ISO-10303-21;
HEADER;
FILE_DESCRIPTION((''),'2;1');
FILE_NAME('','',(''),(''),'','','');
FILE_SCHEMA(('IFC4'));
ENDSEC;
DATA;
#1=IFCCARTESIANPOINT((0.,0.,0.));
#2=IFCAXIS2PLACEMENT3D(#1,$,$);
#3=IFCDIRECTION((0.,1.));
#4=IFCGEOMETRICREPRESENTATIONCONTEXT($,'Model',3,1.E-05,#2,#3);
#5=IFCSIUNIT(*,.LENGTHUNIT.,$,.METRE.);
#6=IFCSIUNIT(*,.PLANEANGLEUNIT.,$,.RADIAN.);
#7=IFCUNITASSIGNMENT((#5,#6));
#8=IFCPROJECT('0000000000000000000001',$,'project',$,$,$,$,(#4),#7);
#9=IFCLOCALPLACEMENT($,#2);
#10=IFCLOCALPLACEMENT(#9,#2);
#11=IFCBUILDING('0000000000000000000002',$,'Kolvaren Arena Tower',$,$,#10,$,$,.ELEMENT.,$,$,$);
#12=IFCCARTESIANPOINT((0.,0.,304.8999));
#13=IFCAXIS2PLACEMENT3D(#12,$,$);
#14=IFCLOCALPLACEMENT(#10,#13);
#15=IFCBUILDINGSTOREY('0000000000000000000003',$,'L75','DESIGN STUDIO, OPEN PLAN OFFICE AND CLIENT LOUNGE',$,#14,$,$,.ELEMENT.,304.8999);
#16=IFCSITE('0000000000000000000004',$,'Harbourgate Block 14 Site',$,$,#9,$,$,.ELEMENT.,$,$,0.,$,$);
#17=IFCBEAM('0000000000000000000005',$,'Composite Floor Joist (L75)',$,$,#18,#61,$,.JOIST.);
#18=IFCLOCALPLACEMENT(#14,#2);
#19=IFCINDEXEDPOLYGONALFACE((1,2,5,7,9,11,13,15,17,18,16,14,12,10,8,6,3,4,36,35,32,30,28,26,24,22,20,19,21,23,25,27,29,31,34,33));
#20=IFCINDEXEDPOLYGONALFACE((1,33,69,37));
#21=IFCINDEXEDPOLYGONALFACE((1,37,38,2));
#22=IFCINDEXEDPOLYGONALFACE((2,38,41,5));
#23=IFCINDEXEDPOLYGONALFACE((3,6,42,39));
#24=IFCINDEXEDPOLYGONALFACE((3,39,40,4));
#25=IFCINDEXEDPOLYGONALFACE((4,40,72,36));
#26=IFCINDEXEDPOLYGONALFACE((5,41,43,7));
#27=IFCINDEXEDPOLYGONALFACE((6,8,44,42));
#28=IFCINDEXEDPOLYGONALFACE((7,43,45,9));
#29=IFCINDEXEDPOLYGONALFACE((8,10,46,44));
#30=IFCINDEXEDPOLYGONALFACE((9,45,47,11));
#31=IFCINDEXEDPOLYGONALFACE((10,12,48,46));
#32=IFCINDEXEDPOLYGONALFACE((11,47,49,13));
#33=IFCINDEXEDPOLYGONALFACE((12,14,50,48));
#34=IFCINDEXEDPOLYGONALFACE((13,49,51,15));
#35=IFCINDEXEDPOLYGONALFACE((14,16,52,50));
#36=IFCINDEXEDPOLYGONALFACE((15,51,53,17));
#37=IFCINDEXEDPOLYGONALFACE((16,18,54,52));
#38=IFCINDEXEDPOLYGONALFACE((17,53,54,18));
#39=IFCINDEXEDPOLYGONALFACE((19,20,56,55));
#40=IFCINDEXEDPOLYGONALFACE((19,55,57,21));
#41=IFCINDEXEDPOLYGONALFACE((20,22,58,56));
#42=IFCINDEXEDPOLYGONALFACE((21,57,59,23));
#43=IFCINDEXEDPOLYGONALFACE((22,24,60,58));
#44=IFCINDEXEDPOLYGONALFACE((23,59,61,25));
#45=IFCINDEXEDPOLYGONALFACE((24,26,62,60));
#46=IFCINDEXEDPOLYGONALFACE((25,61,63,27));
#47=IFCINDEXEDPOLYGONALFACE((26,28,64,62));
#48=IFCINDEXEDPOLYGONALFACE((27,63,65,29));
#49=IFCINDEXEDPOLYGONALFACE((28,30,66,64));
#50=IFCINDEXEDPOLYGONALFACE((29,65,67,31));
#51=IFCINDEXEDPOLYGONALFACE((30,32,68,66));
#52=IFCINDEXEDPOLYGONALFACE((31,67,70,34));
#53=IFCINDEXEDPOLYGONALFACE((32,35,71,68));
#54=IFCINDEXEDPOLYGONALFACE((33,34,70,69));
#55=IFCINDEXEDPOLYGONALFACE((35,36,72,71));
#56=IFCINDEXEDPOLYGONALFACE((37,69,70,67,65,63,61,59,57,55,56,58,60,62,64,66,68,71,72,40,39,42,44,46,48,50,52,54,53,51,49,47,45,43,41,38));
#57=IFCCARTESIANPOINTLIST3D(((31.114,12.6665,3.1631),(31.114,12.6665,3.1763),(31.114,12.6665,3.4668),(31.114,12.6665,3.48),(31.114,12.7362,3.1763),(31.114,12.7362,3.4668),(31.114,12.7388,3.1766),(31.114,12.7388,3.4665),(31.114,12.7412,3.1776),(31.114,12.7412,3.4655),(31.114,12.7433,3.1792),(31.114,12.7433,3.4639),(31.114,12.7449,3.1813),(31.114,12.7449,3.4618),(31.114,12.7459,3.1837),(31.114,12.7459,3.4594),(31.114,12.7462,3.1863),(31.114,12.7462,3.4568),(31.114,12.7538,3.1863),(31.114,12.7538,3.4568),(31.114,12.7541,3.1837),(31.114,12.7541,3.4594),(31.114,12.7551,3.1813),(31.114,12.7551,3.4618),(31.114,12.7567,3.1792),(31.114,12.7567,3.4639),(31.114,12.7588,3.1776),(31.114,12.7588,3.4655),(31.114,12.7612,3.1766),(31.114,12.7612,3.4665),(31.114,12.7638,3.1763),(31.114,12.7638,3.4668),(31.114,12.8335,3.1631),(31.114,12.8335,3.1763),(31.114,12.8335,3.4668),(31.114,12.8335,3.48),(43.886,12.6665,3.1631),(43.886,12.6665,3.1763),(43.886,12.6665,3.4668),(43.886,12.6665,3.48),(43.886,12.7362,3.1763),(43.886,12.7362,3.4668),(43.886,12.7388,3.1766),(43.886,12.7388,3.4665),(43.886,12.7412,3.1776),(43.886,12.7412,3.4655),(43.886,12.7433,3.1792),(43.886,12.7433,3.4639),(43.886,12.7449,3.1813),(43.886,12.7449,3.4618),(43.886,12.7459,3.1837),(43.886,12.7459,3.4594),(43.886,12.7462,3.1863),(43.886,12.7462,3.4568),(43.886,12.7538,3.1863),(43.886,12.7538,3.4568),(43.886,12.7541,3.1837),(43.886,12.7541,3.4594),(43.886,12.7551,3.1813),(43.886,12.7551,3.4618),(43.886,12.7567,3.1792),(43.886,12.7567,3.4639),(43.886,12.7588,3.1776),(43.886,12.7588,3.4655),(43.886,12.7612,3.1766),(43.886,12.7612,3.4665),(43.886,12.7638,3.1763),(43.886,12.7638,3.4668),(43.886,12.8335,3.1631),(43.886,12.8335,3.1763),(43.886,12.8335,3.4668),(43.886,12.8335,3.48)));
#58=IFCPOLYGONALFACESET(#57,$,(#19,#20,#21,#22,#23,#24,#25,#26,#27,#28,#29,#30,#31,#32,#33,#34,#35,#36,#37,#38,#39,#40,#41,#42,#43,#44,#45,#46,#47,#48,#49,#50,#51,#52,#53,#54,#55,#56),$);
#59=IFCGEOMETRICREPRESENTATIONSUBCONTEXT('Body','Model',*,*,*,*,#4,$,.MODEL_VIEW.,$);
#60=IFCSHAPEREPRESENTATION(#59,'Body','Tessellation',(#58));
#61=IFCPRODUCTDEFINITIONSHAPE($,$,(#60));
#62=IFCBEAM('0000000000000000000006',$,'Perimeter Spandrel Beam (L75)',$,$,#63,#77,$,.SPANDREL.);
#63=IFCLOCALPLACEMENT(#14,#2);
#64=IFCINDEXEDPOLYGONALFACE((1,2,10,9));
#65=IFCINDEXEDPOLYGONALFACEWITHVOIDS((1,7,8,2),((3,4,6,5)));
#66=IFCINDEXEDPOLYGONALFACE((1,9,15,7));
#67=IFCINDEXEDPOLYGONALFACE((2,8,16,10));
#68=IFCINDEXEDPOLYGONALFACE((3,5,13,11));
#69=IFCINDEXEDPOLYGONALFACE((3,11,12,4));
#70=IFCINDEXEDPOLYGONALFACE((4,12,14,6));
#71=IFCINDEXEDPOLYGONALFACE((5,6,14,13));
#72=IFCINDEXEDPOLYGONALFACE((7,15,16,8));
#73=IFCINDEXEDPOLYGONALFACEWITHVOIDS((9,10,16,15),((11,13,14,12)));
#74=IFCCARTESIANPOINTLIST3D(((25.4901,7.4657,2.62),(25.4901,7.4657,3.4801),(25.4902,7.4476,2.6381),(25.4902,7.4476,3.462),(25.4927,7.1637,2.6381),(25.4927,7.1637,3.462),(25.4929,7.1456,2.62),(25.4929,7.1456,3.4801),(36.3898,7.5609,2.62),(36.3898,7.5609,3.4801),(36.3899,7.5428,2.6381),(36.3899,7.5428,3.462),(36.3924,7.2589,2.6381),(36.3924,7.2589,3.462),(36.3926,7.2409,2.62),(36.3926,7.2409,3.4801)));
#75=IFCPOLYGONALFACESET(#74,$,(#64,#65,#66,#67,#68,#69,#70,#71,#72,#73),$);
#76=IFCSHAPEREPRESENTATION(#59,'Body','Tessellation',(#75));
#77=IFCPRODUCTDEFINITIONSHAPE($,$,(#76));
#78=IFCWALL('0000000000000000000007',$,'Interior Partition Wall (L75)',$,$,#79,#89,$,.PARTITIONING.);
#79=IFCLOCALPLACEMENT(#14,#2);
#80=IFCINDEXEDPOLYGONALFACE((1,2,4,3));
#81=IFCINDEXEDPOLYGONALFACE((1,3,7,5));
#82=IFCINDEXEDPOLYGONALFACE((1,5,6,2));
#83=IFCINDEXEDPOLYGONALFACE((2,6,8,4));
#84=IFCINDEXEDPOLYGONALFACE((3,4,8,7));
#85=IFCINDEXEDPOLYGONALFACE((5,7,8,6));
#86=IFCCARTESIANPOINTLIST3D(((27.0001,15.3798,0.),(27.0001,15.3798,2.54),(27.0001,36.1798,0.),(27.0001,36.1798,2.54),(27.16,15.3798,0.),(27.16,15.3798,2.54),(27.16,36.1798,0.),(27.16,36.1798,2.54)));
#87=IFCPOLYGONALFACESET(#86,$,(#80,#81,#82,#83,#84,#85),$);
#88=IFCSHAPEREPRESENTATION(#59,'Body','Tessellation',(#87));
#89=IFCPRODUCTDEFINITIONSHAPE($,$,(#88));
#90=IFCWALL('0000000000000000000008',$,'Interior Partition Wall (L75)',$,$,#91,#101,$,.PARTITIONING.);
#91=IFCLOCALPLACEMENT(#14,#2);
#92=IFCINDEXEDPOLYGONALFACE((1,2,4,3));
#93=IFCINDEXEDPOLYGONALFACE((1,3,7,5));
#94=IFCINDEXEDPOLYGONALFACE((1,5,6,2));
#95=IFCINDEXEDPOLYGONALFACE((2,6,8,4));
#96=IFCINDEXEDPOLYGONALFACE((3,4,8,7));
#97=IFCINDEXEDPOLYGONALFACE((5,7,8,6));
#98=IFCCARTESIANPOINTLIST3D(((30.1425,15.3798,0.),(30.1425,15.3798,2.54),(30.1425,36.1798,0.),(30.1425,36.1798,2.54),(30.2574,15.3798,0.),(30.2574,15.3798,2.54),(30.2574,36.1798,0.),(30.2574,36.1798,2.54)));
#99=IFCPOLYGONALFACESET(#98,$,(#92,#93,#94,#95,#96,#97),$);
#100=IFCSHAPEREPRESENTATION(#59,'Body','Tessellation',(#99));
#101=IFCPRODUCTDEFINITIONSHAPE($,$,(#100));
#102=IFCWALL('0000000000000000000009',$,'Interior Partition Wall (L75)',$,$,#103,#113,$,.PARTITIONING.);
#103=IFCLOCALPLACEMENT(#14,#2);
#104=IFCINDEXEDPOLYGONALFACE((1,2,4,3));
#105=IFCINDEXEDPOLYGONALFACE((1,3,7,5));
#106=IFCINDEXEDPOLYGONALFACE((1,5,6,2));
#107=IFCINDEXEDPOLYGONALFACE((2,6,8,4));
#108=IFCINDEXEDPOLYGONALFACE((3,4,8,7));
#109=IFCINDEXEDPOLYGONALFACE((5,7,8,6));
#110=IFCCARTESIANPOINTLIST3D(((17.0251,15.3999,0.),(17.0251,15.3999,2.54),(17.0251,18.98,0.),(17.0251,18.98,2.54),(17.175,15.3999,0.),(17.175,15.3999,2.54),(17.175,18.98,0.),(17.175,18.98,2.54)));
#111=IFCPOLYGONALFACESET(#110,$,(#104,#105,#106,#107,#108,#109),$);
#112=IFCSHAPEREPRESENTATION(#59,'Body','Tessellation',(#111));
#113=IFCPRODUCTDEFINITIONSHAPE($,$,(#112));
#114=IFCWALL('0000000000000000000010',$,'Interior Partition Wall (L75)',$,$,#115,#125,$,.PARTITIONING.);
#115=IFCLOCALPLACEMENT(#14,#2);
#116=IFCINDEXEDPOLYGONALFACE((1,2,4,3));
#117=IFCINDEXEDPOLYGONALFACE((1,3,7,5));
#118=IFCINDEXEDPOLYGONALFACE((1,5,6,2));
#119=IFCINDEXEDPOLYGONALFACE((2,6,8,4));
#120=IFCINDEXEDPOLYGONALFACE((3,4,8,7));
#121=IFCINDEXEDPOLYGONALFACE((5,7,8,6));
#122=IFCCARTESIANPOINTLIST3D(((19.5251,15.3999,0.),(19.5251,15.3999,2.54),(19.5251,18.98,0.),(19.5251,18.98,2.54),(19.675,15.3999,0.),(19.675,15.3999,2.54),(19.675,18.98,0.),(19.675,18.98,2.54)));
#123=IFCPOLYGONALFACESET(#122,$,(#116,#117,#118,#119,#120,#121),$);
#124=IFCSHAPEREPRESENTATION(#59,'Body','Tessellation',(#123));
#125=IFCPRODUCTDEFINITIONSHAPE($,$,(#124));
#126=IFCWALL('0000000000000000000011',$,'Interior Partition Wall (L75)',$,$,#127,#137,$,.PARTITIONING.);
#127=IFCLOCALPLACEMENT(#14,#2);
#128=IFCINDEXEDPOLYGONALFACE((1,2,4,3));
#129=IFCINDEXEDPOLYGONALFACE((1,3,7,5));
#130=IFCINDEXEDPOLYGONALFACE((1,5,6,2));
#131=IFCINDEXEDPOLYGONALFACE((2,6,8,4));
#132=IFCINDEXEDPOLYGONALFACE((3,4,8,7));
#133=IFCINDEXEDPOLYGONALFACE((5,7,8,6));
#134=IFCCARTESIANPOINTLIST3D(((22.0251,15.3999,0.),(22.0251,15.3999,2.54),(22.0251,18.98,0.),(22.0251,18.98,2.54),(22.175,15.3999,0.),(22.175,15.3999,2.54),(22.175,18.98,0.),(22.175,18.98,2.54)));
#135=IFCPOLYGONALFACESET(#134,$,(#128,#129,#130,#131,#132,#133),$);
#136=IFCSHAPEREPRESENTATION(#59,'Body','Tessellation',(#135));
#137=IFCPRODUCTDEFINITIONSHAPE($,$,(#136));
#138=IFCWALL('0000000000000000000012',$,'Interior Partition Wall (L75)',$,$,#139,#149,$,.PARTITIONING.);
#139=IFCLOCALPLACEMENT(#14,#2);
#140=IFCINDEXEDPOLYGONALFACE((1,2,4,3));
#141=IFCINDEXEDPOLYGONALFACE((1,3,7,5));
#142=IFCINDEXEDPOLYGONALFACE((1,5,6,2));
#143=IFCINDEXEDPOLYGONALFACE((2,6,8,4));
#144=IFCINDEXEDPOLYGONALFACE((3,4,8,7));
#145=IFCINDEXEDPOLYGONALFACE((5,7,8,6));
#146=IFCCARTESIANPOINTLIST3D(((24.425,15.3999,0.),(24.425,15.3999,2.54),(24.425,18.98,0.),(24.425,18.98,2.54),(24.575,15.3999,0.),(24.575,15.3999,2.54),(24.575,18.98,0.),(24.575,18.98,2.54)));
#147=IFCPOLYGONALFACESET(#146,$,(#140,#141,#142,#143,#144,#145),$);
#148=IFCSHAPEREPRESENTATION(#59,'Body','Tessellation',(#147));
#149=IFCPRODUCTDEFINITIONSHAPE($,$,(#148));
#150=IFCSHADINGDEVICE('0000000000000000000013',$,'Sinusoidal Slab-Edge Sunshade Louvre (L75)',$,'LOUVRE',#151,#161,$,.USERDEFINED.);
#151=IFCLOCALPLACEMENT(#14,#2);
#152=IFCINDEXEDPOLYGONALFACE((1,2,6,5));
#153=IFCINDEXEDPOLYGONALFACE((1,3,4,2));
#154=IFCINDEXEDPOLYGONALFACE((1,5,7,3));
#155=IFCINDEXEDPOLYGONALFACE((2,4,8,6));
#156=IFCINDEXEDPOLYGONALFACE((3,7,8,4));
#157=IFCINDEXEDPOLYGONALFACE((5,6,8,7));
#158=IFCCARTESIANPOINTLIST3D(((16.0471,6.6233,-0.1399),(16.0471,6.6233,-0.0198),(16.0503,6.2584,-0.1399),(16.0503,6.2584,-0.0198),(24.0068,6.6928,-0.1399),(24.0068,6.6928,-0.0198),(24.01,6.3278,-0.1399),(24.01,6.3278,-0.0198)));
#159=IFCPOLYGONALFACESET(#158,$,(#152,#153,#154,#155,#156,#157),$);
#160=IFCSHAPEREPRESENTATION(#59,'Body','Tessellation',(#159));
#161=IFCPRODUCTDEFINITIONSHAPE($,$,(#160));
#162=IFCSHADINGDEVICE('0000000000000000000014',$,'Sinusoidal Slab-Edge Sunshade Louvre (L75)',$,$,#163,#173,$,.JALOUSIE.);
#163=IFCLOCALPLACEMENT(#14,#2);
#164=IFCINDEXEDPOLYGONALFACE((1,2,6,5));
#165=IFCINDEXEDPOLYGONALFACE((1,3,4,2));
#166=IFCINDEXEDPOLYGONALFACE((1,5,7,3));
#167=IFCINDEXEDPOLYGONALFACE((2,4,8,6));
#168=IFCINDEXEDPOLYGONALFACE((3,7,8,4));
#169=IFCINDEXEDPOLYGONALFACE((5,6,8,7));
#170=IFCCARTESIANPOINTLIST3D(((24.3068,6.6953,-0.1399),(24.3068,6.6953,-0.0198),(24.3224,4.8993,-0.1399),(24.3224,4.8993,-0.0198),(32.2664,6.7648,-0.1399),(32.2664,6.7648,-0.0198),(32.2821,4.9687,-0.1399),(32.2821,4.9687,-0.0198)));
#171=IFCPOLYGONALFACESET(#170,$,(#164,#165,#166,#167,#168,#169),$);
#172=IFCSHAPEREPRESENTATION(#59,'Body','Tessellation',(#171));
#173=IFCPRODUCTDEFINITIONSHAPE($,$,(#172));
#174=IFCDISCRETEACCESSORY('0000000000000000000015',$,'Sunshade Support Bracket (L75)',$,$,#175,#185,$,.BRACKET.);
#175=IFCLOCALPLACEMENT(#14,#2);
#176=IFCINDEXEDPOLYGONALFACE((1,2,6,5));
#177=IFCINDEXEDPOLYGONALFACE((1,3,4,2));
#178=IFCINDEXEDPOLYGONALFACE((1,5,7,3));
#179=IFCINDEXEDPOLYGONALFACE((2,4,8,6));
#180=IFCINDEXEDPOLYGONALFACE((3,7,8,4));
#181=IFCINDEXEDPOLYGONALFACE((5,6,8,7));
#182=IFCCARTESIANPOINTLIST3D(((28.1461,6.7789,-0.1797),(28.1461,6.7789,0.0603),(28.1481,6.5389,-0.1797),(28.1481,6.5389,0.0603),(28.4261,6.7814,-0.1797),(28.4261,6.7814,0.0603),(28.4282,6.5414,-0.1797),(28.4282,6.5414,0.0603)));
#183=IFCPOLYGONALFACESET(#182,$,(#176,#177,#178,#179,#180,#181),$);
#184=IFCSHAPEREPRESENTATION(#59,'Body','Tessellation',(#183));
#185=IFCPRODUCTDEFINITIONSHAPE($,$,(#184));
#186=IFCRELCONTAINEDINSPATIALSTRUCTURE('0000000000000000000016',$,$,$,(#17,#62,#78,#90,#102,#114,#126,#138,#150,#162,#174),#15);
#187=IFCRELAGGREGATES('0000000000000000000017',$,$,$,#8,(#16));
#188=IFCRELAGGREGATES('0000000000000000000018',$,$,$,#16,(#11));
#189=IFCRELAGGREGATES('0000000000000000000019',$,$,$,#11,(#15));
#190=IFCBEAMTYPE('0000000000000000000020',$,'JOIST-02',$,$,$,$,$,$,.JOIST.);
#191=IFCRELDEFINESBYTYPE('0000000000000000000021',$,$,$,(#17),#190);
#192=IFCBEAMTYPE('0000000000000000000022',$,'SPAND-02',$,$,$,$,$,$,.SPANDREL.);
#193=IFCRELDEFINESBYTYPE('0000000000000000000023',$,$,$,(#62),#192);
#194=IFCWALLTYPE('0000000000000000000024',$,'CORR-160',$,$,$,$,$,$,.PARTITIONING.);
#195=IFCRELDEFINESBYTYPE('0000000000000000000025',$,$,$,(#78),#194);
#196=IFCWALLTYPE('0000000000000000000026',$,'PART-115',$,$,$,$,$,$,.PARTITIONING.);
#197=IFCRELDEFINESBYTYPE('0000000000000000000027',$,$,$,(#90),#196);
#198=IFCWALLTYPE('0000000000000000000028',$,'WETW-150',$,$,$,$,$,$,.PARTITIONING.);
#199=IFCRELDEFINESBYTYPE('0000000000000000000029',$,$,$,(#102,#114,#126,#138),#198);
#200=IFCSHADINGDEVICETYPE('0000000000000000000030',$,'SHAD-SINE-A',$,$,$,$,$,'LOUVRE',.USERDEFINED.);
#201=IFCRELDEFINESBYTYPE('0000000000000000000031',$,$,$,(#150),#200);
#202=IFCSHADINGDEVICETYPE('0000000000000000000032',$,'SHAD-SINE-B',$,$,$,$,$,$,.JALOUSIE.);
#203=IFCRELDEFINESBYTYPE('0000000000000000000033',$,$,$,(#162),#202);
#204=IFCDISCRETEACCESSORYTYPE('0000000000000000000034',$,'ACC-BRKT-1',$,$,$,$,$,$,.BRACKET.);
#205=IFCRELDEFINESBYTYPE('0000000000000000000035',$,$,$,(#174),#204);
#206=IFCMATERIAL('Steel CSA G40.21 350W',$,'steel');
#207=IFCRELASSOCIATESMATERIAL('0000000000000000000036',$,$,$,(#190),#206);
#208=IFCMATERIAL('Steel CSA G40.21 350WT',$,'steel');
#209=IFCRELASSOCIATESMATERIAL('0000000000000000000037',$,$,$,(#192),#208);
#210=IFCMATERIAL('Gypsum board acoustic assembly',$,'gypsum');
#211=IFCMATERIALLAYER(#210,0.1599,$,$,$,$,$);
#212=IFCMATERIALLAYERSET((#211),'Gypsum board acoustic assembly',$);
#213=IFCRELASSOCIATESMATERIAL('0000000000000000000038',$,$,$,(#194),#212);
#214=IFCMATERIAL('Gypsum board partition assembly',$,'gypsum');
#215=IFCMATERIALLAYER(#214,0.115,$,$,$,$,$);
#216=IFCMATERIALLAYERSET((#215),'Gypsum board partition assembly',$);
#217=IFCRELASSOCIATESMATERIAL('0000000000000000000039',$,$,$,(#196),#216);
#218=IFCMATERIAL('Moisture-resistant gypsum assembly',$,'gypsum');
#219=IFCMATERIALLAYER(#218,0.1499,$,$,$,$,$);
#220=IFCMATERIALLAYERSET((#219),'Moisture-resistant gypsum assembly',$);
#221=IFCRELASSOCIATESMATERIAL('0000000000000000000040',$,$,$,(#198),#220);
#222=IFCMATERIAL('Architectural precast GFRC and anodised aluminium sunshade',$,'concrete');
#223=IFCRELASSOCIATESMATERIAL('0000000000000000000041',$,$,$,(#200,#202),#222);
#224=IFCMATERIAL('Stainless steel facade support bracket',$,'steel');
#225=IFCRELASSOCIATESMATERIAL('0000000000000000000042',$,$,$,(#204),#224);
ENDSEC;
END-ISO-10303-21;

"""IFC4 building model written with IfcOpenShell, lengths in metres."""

from ifc_helpers import new_model, si_unit, direction, frame, frame_2d, origin, origin_2d, place, context, subcontext, project, spatial, rectangle, hollow_rectangle, i_section, extrude, material, layer, layer_set, material_profile, profile_set, type_object, element, save


model = new_model("IFC4")

# Units and contexts
model_context = context("Model", 3, precision=1e-05, world=origin(), true_north=direction((0.0, 1.0)))
body_context = subcontext(model_context, "Body", "Model", "MODEL_VIEW")
ifc_project = project(units=[si_unit("LENGTHUNIT", "METRE"), si_unit("PLANEANGLEUNIT", "RADIAN")], contexts=[model_context])

# Site, building, storey
site_placement = place(None, origin())
site = spatial("IfcSite", under=ifc_project, at=site_placement, Name="Harbourgate Block 14 Site", CompositionType="ELEMENT", RefElevation=0.0)
building_placement = place(site_placement, origin())
building = spatial("IfcBuilding", under=site, at=building_placement, Name="Kolvaren Arena Tower", CompositionType="ELEMENT")
storey_placement = place(building_placement, frame((0.0, 0.0, 304.8999)))
storey = spatial("IfcBuildingStorey", under=building, at=storey_placement, Name="L75", Description="DESIGN STUDIO, OPEN PLAN OFFICE AND CLIENT LOUNGE", CompositionType="ELEMENT", Elevation=304.8999)

# Beams
ifc_material_1 = material(Name="Steel CSA G40.21 350W", Category="steel")
ifc_material_profile_1 = material_profile(ifc_material_1, i_section(OverallWidth=0.167, OverallDepth=0.3169, WebThickness=0.0076, FlangeThickness=0.0132, FilletRadius=0.01, at=origin_2d()), Name="W310x52")
ifc_profile_set_1 = profile_set([ifc_material_profile_1], Name="Steel CSA G40.21 350W")
beam_type_1 = type_object("IfcBeamType", Name="JOIST-02", PredefinedType="JOIST", material=ifc_profile_set_1)
beam_1_placement = place(storey_placement, frame((31.114, 12.75, 3.3215), z_axis=(1.0, 0.0, 0.0), x_axis=(0.0, 1.0, 0.0)))
element("IfcBeam", 1, at=beam_1_placement, inside=storey, type_object=beam_type_1, Name="Composite Floor Joist (L75)", PredefinedType="JOIST", context=body_context, shape_type="SweptSolid", body=[
    extrude(i_section(OverallWidth=0.167, OverallDepth=0.3169, WebThickness=0.0076, FlangeThickness=0.0132, FilletRadius=0.01, at=origin_2d()), origin(), (0.0, 0.0, 1.0), 12.772),
])
ifc_material_2 = material(Name="Steel CSA G40.21 350WT", Category="steel")
ifc_material_profile_2 = material_profile(ifc_material_2, hollow_rectangle(XDim=0.3201, YDim=0.8601, WallThickness=0.0181, at=origin_2d()), Name="HSS 860x320x18")
ifc_profile_set_2 = profile_set([ifc_material_profile_2], Name="Steel CSA G40.21 350WT")
beam_type_2 = type_object("IfcBeamType", Name="SPAND-02", PredefinedType="SPANDREL", material=ifc_profile_set_2)
beam_2_placement = place(storey_placement, frame((25.4915, 7.3057, 3.05), z_axis=(0.999962, 0.008735, 0.0), x_axis=(-0.008735, 0.999962, 0.0)))
element("IfcBeam", 2, at=beam_2_placement, inside=storey, type_object=beam_type_2, Name="Perimeter Spandrel Beam (L75)", PredefinedType="SPANDREL", context=body_context, shape_type="SweptSolid", body=[
    extrude(hollow_rectangle(XDim=0.3201, YDim=0.8601, WallThickness=0.0181, at=origin_2d()), origin(), (0.0, 0.0, 1.0), 10.9001),
])

# Shared definitions
ifc_material_3 = material(Name="Gypsum board acoustic assembly", Category="gypsum")
ifc_layer_1 = layer(ifc_material_3, 0.1599)
ifc_layer_set_1 = layer_set([ifc_layer_1], Name="Gypsum board acoustic assembly")
wall_type_1 = type_object("IfcWallType", Name="CORR-160", PredefinedType="PARTITIONING", material=ifc_layer_set_1)

# Walls
wall_1_placement = place(storey_placement, frame((27.0801, 15.3799, 0.0), z_axis=(0.0, 0.0, 1.0), x_axis=(0.0, 1.0, 0.0)))
element("IfcWall", 3, at=wall_1_placement, inside=storey, type_object=wall_type_1, Name="Interior Partition Wall (L75)", PredefinedType="PARTITIONING", context=body_context, shape_type="SweptSolid", body=[
    extrude(rectangle(XDim=20.8, YDim=0.1599, at=frame_2d((10.3999, 0.0))), origin(), (0.0, 0.0, 1.0), 2.54),
])
ifc_material_4 = material(Name="Gypsum board partition assembly", Category="gypsum")
ifc_layer_2 = layer(ifc_material_4, 0.115)
ifc_layer_set_2 = layer_set([ifc_layer_2], Name="Gypsum board partition assembly")
wall_type_2 = type_object("IfcWallType", Name="PART-115", PredefinedType="PARTITIONING", material=ifc_layer_set_2)
wall_2_placement = place(storey_placement, frame((30.2, 15.3799, 0.0), z_axis=(0.0, 0.0, 1.0), x_axis=(0.0, 1.0, 0.0)))
element("IfcWall", 4, at=wall_2_placement, inside=storey, type_object=wall_type_2, Name="Interior Partition Wall (L75)", PredefinedType="PARTITIONING", context=body_context, shape_type="SweptSolid", body=[
    extrude(rectangle(XDim=20.8, YDim=0.115, at=frame_2d((10.3999, 0.0))), origin(), (0.0, 0.0, 1.0), 2.54),
])
ifc_material_5 = material(Name="Moisture-resistant gypsum assembly", Category="gypsum")
ifc_layer_3 = layer(ifc_material_5, 0.1499)
ifc_layer_set_3 = layer_set([ifc_layer_3], Name="Moisture-resistant gypsum assembly")
wall_type_3 = type_object("IfcWallType", Name="WETW-150", PredefinedType="PARTITIONING", material=ifc_layer_set_3)
for number, where, z_axis, x_axis, name in (
    (5, (17.1001, 15.3999, 0.0), (0.0, 0.0, 1.0), (0.0, 1.0, 0.0), "Interior Partition Wall (L75)"),
    (6, (19.6001, 15.3999, 0.0), (0.0, 0.0, 1.0), (0.0, 1.0, 0.0), "Interior Partition Wall (L75)"),
    (7, (22.1001, 15.3999, 0.0), (0.0, 0.0, 1.0), (0.0, 1.0, 0.0), "Interior Partition Wall (L75)"),
    (8, (24.5, 15.3999, 0.0), (0.0, 0.0, 1.0), (0.0, 1.0, 0.0), "Interior Partition Wall (L75)"),
):
    element("IfcWall", number, at=place(storey_placement, frame(where, z_axis=z_axis, x_axis=x_axis)), inside=storey, type_object=wall_type_3, Name=name, PredefinedType="PARTITIONING", context=body_context, shape_type="SweptSolid", body=[
        extrude(rectangle(XDim=3.5801, YDim=0.1499, at=frame_2d((1.79, 0.0))), origin(), (0.0, 0.0, 1.0), 2.54),
    ])

# Shading devices
ifc_material_6 = material(Name="Architectural precast GFRC and anodised aluminium sunshade", Category="concrete")
shading_device_type_1 = type_object("IfcShadingDeviceType", Name="SHAD-SINE-A", ElementType="LOUVRE", PredefinedType="USERDEFINED", material=ifc_material_6)
shading_device_1_placement = place(storey_placement, frame((20.0286, 6.4756, -0.1399), z_axis=(0.0, 0.0, 1.0), x_axis=(-0.999962, -0.008727, 0.0)))
element("IfcShadingDevice", 9, at=shading_device_1_placement, inside=storey, type_object=shading_device_type_1, Name="Sinusoidal Slab-Edge Sunshade Louvre (L75)", ObjectType="LOUVRE", PredefinedType="USERDEFINED", context=body_context, shape_type="SweptSolid", body=[
    extrude(rectangle(XDim=7.96, YDim=0.365, at=origin_2d()), origin(), (0.0, 0.0, 1.0), 0.1201),
])
shading_device_type_2 = type_object("IfcShadingDeviceType", Name="SHAD-SINE-B", PredefinedType="JALOUSIE", material=ifc_material_6)
shading_device_2_placement = place(storey_placement, frame((28.2944, 5.832, -0.1399), z_axis=(0.0, 0.0, 1.0), x_axis=(-0.999962, -0.008727, 0.0)))
element("IfcShadingDevice", 10, at=shading_device_2_placement, inside=storey, type_object=shading_device_type_2, Name="Sinusoidal Slab-Edge Sunshade Louvre (L75)", PredefinedType="JALOUSIE", context=body_context, shape_type="SweptSolid", body=[
    extrude(rectangle(XDim=7.96, YDim=1.7961, at=origin_2d()), origin(), (0.0, 0.0, 1.0), 0.1201),
])

# Discrete accessory
ifc_material_7 = material(Name="Stainless steel facade support bracket", Category="steel")
discrete_accessory_type = type_object("IfcDiscreteAccessoryType", Name="ACC-BRKT-1", PredefinedType="BRACKET", material=ifc_material_7)
for number, where, z_axis, x_axis, name in (
    (11, (28.2871, 6.6602, -0.1797), (0.0, 0.0, 1.0), (-0.999962, -0.008727, 0.0), "Sunshade Support Bracket (L75)"),
):
    element("IfcDiscreteAccessory", number, at=place(storey_placement, frame(where, z_axis=z_axis, x_axis=x_axis)), inside=storey, type_object=discrete_accessory_type, Name=name, PredefinedType="BRACKET", context=body_context, shape_type="SweptSolid", body=[
        extrude(rectangle(XDim=0.28, YDim=0.24, at=origin_2d()), origin(), (0.0, 0.0, 1.0), 0.24),
    ])

save(model, "model.ifc")
